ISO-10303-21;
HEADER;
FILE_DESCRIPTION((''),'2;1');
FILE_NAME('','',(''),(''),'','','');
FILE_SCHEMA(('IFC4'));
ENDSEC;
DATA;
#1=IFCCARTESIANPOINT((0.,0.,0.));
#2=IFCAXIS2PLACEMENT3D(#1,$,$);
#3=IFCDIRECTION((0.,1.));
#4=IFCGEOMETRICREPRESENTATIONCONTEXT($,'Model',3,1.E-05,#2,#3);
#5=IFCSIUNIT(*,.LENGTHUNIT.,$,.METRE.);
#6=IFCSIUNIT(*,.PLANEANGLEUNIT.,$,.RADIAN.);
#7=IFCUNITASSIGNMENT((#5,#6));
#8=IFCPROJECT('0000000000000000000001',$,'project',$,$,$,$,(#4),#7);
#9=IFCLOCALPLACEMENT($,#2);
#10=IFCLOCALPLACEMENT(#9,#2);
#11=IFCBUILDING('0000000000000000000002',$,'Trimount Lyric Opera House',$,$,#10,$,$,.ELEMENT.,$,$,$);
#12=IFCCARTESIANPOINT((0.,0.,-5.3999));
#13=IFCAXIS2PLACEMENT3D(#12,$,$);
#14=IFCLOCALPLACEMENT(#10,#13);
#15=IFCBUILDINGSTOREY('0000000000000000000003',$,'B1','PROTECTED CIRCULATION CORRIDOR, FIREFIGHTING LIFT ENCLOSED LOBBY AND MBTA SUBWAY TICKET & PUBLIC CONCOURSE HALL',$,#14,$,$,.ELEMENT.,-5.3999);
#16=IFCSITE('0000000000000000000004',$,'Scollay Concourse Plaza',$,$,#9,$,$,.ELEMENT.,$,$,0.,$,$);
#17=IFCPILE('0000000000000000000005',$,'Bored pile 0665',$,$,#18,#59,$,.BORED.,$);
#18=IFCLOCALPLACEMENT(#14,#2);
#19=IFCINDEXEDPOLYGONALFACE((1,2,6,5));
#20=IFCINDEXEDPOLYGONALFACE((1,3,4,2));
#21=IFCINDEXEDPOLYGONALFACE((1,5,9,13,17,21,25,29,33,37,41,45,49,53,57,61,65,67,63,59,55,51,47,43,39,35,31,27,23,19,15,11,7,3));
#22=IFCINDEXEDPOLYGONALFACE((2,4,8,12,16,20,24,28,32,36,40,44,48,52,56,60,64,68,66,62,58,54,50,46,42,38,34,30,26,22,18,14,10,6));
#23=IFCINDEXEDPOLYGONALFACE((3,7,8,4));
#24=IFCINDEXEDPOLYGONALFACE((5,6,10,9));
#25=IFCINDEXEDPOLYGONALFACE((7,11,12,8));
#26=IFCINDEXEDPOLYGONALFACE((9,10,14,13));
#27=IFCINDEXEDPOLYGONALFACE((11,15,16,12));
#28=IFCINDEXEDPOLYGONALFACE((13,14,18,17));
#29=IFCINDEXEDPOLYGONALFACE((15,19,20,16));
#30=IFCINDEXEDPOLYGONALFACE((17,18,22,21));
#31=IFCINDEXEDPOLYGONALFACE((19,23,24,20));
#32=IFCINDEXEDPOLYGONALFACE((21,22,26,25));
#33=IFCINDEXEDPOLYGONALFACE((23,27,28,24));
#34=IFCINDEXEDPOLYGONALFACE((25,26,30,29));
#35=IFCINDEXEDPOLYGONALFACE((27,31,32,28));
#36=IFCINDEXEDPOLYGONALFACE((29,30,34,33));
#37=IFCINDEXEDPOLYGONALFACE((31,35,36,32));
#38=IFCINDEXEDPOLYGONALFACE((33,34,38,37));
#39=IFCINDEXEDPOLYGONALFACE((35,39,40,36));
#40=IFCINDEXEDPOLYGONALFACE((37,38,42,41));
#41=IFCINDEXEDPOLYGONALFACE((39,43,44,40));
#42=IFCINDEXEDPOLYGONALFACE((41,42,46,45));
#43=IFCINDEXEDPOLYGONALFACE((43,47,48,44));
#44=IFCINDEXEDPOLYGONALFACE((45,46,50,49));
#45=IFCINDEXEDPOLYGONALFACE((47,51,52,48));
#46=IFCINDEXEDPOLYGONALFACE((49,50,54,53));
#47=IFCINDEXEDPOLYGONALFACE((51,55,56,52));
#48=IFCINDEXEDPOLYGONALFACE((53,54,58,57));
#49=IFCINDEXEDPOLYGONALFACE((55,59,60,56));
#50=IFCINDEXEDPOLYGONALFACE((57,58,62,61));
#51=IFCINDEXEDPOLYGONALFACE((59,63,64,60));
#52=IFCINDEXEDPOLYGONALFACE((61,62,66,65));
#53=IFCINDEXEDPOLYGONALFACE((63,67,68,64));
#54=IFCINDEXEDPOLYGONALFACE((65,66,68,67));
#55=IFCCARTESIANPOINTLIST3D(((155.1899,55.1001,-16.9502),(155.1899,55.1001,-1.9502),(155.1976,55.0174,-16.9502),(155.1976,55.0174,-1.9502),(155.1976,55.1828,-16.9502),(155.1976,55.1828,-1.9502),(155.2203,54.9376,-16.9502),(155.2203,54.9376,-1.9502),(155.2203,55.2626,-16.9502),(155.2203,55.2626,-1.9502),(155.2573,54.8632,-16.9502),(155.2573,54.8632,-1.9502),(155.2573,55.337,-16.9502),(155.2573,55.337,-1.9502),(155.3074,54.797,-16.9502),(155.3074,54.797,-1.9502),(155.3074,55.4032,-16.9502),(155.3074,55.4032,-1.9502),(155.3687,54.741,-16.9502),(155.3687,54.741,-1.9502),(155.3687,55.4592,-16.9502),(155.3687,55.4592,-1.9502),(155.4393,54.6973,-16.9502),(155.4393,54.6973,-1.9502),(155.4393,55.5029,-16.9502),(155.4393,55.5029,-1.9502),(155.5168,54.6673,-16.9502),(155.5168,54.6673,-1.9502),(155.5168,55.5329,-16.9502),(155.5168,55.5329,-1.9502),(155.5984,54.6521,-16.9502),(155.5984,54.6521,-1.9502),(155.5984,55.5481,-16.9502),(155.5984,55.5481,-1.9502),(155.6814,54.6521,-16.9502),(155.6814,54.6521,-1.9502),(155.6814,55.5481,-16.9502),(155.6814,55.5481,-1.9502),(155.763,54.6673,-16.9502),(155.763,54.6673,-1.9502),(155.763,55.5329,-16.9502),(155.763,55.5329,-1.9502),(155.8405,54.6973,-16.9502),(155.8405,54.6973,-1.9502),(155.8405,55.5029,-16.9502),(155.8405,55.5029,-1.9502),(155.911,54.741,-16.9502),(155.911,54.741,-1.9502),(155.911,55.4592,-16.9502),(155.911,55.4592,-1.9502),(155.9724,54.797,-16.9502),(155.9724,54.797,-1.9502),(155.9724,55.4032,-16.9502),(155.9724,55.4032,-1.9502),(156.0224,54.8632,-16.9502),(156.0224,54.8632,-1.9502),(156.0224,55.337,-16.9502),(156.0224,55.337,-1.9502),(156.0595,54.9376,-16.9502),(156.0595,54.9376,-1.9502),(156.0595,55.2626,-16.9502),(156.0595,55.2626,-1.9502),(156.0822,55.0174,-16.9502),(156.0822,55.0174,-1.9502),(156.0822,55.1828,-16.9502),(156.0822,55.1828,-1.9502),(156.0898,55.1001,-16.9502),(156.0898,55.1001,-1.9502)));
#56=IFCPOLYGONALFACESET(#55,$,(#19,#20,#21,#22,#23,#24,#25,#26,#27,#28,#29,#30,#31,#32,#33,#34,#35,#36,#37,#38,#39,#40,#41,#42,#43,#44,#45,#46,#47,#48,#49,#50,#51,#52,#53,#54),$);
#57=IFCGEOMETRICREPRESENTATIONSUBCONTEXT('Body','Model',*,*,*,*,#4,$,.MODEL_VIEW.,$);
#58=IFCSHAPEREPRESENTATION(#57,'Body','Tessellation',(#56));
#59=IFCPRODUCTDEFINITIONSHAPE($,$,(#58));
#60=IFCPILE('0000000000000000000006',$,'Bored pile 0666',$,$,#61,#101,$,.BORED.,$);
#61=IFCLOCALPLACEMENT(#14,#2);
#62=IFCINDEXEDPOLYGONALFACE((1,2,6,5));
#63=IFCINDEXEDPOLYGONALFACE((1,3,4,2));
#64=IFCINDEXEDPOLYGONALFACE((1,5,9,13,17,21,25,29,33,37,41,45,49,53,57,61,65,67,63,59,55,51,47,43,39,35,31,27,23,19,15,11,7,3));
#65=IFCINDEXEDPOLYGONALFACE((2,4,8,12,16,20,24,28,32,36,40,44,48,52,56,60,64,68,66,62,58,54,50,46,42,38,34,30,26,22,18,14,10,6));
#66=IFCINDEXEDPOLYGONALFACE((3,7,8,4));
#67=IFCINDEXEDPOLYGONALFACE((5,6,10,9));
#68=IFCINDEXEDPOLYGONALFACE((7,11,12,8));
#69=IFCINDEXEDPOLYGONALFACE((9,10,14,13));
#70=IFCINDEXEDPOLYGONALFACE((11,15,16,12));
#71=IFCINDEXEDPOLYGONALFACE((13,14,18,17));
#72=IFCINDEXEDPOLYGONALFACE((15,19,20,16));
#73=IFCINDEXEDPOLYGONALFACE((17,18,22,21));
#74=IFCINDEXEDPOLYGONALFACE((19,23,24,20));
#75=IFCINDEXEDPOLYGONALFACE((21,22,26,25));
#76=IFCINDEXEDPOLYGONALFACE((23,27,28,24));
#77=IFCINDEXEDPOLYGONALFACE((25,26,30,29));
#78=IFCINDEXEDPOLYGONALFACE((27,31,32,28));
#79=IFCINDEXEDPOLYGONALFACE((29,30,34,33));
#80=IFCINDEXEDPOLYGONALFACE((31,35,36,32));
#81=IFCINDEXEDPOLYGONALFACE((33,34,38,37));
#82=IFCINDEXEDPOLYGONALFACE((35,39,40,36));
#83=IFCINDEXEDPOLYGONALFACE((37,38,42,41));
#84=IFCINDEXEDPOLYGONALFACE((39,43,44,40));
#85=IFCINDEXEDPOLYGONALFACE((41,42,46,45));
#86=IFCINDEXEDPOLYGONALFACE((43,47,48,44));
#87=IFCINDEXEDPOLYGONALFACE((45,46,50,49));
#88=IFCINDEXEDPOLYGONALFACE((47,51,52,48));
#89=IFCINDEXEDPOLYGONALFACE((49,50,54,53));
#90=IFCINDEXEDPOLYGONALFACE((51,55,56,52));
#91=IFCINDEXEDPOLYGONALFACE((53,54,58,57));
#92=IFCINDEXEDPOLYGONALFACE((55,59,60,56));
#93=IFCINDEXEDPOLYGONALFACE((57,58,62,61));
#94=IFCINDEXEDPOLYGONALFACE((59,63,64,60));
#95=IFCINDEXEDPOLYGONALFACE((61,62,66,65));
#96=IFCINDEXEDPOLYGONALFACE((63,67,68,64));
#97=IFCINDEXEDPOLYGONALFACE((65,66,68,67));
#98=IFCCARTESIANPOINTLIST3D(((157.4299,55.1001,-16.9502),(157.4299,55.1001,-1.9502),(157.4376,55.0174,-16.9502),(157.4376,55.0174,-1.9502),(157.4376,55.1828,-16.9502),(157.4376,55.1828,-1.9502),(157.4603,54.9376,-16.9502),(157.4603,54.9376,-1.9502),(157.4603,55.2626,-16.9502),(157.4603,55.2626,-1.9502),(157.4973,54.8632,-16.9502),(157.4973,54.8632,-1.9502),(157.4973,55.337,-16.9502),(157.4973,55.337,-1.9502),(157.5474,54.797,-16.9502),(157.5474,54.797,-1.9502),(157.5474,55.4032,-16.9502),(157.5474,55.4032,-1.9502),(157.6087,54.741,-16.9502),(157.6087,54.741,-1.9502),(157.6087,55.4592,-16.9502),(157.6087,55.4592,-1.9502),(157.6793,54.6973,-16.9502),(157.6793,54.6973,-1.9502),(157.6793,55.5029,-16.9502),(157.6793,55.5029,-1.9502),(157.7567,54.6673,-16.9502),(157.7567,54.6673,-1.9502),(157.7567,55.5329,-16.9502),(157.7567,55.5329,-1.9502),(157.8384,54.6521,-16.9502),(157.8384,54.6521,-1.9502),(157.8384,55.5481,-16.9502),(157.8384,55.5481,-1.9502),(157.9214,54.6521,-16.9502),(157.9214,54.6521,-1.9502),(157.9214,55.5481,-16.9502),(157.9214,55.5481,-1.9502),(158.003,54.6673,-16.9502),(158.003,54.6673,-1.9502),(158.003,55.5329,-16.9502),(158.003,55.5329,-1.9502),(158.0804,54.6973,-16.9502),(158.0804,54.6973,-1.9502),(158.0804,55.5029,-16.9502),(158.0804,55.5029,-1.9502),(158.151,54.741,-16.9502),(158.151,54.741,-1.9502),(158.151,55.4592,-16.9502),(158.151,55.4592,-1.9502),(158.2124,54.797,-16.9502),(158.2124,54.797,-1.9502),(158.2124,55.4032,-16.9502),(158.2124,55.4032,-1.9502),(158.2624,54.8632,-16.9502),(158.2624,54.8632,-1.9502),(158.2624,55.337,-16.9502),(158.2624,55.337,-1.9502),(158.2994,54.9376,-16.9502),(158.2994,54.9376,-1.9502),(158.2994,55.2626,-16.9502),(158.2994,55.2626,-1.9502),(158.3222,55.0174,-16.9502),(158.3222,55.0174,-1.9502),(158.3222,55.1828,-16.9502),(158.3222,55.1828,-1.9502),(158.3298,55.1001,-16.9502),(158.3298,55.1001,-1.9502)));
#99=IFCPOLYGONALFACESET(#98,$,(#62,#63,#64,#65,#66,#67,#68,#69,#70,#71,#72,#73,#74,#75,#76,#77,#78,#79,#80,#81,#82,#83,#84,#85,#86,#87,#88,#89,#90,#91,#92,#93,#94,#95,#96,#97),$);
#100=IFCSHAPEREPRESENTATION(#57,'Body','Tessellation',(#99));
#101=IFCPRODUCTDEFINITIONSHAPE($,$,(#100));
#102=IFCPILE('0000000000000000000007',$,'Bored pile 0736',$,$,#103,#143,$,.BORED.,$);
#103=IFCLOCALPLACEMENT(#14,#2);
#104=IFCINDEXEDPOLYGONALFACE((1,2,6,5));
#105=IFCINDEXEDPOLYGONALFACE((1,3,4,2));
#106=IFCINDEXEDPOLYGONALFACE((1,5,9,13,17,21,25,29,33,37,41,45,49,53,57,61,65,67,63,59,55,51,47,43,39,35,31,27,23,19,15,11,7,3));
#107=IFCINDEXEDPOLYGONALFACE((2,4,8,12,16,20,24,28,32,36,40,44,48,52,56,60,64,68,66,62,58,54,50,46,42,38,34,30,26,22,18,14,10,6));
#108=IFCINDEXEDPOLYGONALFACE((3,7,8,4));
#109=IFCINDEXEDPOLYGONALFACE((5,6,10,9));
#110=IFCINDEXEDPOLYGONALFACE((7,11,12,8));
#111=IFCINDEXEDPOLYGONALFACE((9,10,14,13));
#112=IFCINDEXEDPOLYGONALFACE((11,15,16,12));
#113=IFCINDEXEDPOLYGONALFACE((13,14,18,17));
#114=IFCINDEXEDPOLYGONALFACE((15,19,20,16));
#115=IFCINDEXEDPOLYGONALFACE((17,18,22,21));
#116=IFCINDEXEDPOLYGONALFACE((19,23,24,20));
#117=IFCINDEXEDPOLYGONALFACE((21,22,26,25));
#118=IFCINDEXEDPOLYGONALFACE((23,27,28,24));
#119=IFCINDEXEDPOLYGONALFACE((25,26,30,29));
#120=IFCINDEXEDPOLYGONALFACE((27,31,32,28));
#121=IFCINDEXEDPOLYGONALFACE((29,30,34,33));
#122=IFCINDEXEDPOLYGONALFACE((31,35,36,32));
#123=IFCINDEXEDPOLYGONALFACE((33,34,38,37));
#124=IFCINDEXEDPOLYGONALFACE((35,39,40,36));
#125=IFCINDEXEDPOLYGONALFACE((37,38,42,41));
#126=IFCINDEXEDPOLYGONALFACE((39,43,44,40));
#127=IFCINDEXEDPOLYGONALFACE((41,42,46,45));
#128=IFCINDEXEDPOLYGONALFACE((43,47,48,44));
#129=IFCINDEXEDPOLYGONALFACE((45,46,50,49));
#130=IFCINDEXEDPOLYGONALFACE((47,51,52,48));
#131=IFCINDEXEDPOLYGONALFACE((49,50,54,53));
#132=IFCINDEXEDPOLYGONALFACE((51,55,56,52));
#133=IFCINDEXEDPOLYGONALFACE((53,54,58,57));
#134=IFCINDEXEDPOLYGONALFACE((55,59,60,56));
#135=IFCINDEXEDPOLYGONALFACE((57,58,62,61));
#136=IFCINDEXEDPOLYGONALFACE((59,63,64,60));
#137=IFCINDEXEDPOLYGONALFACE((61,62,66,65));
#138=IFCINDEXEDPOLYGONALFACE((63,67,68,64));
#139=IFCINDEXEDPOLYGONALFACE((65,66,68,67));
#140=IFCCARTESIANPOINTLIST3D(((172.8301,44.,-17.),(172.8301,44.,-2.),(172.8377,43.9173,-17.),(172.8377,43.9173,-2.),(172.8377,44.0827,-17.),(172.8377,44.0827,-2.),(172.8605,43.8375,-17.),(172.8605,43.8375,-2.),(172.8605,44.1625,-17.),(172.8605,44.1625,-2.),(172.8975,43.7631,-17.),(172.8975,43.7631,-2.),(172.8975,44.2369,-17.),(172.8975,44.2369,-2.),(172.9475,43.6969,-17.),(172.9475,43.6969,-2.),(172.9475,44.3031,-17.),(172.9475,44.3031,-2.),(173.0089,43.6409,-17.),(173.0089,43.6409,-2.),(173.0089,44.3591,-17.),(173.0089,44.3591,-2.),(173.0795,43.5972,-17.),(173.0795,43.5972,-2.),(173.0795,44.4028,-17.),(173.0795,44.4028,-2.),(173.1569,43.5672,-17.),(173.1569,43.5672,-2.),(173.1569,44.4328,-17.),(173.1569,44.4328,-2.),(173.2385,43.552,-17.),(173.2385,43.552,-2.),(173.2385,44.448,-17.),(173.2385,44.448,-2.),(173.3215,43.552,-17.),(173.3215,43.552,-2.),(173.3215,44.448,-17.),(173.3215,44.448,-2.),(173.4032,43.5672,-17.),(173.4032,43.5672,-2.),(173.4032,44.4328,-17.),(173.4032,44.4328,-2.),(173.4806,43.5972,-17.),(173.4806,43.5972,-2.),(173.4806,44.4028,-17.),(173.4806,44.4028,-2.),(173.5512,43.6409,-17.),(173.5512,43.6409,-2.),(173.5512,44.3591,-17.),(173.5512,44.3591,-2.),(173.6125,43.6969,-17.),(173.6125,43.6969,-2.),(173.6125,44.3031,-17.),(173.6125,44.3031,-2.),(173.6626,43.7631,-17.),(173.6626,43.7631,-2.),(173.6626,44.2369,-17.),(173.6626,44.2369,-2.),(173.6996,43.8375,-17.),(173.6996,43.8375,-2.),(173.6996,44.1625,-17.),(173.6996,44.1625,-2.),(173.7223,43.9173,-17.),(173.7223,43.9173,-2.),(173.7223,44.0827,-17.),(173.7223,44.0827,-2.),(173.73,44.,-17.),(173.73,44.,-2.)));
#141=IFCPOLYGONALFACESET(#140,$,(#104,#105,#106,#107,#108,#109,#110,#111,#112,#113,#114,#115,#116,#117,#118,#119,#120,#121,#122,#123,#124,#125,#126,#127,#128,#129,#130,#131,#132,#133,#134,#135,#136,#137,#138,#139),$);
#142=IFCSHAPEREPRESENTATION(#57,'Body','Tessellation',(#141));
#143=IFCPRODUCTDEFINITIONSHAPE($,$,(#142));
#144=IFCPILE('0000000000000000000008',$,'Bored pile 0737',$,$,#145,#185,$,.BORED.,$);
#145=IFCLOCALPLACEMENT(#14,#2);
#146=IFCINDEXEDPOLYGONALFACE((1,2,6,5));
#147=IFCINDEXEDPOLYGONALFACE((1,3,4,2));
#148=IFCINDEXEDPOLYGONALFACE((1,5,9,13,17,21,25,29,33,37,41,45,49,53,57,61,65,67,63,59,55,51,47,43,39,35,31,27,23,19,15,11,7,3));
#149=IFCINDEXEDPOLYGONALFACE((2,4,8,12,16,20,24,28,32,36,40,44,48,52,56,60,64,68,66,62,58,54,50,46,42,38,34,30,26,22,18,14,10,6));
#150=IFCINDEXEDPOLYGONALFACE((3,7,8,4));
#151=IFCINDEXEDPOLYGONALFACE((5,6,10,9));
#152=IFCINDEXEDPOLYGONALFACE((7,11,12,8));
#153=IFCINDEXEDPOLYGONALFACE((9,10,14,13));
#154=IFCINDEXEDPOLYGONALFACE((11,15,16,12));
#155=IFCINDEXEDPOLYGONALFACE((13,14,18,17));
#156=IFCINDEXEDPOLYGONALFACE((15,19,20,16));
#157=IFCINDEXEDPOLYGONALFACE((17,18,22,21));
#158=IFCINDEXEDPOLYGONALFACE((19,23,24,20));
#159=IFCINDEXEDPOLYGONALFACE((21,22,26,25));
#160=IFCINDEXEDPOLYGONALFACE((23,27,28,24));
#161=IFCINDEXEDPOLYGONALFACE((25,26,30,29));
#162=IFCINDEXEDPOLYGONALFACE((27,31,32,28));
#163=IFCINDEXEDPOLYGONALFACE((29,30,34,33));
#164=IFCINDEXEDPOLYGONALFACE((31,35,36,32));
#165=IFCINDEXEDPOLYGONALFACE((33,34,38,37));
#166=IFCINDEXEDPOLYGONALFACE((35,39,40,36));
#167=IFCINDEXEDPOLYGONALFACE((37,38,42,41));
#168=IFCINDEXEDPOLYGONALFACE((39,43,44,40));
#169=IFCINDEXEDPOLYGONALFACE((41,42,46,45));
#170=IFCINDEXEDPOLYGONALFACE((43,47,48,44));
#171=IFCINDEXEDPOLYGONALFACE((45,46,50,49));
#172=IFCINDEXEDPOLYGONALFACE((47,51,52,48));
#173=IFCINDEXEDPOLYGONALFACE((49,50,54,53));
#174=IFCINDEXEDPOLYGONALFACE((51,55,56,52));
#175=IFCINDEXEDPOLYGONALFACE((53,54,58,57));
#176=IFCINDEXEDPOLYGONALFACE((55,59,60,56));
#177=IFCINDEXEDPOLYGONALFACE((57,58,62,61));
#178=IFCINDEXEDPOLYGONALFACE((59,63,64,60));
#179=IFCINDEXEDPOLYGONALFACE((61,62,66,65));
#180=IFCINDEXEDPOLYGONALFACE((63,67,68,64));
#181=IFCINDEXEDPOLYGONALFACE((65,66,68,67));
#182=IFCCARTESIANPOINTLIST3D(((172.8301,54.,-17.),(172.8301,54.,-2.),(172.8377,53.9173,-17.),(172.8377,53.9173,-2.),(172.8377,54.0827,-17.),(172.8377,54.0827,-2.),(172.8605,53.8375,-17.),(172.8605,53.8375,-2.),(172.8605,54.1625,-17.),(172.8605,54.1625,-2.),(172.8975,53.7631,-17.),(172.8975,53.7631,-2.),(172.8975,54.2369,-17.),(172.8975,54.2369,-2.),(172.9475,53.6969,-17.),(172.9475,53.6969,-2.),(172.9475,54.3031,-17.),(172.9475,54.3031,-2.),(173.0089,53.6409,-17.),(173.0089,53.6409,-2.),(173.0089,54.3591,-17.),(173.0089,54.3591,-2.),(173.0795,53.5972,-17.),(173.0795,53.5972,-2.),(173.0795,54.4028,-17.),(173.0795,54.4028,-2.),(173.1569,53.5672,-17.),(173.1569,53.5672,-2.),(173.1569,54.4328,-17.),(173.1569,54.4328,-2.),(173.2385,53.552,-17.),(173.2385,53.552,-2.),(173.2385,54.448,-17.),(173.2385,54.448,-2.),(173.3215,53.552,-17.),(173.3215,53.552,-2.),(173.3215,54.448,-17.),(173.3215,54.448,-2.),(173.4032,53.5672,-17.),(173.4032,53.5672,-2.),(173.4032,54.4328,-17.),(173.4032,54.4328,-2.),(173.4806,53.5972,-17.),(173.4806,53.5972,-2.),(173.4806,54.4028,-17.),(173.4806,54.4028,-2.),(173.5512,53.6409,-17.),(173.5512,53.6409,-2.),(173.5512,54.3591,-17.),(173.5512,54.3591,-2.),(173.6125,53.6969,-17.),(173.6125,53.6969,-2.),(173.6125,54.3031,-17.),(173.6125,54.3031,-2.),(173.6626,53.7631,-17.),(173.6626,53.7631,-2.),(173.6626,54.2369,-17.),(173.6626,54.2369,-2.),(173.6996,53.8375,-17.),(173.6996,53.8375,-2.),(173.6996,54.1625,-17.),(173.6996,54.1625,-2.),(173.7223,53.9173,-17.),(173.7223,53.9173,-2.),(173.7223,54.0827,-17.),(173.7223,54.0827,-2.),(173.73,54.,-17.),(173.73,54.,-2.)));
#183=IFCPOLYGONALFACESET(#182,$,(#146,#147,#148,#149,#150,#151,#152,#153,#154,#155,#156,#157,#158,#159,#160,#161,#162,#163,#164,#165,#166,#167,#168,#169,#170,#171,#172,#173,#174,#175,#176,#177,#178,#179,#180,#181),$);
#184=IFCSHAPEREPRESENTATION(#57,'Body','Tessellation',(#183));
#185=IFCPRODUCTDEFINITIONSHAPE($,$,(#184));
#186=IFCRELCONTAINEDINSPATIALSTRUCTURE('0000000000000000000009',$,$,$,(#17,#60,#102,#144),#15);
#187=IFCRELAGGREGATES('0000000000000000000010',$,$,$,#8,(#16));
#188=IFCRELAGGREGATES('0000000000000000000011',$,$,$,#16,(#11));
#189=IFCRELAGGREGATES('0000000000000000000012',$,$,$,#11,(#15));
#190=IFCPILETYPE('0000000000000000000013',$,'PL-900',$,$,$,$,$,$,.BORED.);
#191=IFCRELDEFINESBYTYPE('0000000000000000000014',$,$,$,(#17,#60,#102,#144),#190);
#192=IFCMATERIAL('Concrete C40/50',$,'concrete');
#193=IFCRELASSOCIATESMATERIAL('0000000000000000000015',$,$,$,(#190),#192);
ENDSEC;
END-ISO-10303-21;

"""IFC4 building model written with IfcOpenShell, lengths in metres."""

from ifc_helpers import new_model, si_unit, direction, frame, origin, origin_2d, place, context, subcontext, project, spatial, circle, extrude, material, material_profile, profile_set, type_object, element, save


model = new_model("IFC4")

# Units and contexts
model_context = context("Model", 3, precision=1e-05, world=origin(), true_north=direction((0.0, 1.0)))
body_context = subcontext(model_context, "Body", "Model", "MODEL_VIEW")
ifc_project = project(units=[si_unit("LENGTHUNIT", "METRE"), si_unit("PLANEANGLEUNIT", "RADIAN")], contexts=[model_context])

# Site, building, storey
site_placement = place(None, origin())
site = spatial("IfcSite", under=ifc_project, at=site_placement, Name="Scollay Concourse Plaza", CompositionType="ELEMENT", RefElevation=0.0)
building_placement = place(site_placement, origin())
building = spatial("IfcBuilding", under=site, at=building_placement, Name="Trimount Lyric Opera House", CompositionType="ELEMENT")
storey_placement = place(building_placement, frame((0.0, 0.0, -5.3999)))
storey = spatial("IfcBuildingStorey", under=building, at=storey_placement, Name="B1", Description="PROTECTED CIRCULATION CORRIDOR, FIREFIGHTING LIFT ENCLOSED LOBBY AND MBTA SUBWAY TICKET & PUBLIC CONCOURSE HALL", CompositionType="ELEMENT", Elevation=-5.3999)

# Piles
ifc_material_1 = material(Name="Concrete C40/50", Category="concrete")
ifc_material_profile_1 = material_profile(ifc_material_1, circle(Radius=0.45, at=origin_2d()), Name="PILE-D900")
ifc_profile_set_1 = profile_set([ifc_material_profile_1], Name="Concrete C40/50")
pile_type_1 = type_object("IfcPileType", Name="PL-900", PredefinedType="BORED", material=ifc_profile_set_1)
for number, where, z_axis, x_axis, name in (
    (1, (155.6399, 55.1001, -1.9502), (0.0, 0.0, -1.0), (1.0, 0.0, 0.0), "Bored pile 0665"),
    (2, (157.8799, 55.1001, -1.9502), (0.0, 0.0, -1.0), (1.0, 0.0, 0.0), "Bored pile 0666"),
    (3, (173.28, 44.0, -2.0), (0.0, 0.0, -1.0), (1.0, 0.0, 0.0), "Bored pile 0736"),
    (4, (173.28, 54.0, -2.0), (0.0, 0.0, -1.0), (1.0, 0.0, 0.0), "Bored pile 0737"),
):
    element("IfcPile", number, at=place(storey_placement, frame(where, z_axis=z_axis, x_axis=x_axis)), inside=storey, type_object=pile_type_1, Name=name, PredefinedType="BORED", context=body_context, shape_type="SweptSolid", body=[
        extrude(circle(Radius=0.45, at=origin_2d()), origin(), (0.0, 0.0, 1.0), 15.0),
    ])

save(model, "model.ifc")
